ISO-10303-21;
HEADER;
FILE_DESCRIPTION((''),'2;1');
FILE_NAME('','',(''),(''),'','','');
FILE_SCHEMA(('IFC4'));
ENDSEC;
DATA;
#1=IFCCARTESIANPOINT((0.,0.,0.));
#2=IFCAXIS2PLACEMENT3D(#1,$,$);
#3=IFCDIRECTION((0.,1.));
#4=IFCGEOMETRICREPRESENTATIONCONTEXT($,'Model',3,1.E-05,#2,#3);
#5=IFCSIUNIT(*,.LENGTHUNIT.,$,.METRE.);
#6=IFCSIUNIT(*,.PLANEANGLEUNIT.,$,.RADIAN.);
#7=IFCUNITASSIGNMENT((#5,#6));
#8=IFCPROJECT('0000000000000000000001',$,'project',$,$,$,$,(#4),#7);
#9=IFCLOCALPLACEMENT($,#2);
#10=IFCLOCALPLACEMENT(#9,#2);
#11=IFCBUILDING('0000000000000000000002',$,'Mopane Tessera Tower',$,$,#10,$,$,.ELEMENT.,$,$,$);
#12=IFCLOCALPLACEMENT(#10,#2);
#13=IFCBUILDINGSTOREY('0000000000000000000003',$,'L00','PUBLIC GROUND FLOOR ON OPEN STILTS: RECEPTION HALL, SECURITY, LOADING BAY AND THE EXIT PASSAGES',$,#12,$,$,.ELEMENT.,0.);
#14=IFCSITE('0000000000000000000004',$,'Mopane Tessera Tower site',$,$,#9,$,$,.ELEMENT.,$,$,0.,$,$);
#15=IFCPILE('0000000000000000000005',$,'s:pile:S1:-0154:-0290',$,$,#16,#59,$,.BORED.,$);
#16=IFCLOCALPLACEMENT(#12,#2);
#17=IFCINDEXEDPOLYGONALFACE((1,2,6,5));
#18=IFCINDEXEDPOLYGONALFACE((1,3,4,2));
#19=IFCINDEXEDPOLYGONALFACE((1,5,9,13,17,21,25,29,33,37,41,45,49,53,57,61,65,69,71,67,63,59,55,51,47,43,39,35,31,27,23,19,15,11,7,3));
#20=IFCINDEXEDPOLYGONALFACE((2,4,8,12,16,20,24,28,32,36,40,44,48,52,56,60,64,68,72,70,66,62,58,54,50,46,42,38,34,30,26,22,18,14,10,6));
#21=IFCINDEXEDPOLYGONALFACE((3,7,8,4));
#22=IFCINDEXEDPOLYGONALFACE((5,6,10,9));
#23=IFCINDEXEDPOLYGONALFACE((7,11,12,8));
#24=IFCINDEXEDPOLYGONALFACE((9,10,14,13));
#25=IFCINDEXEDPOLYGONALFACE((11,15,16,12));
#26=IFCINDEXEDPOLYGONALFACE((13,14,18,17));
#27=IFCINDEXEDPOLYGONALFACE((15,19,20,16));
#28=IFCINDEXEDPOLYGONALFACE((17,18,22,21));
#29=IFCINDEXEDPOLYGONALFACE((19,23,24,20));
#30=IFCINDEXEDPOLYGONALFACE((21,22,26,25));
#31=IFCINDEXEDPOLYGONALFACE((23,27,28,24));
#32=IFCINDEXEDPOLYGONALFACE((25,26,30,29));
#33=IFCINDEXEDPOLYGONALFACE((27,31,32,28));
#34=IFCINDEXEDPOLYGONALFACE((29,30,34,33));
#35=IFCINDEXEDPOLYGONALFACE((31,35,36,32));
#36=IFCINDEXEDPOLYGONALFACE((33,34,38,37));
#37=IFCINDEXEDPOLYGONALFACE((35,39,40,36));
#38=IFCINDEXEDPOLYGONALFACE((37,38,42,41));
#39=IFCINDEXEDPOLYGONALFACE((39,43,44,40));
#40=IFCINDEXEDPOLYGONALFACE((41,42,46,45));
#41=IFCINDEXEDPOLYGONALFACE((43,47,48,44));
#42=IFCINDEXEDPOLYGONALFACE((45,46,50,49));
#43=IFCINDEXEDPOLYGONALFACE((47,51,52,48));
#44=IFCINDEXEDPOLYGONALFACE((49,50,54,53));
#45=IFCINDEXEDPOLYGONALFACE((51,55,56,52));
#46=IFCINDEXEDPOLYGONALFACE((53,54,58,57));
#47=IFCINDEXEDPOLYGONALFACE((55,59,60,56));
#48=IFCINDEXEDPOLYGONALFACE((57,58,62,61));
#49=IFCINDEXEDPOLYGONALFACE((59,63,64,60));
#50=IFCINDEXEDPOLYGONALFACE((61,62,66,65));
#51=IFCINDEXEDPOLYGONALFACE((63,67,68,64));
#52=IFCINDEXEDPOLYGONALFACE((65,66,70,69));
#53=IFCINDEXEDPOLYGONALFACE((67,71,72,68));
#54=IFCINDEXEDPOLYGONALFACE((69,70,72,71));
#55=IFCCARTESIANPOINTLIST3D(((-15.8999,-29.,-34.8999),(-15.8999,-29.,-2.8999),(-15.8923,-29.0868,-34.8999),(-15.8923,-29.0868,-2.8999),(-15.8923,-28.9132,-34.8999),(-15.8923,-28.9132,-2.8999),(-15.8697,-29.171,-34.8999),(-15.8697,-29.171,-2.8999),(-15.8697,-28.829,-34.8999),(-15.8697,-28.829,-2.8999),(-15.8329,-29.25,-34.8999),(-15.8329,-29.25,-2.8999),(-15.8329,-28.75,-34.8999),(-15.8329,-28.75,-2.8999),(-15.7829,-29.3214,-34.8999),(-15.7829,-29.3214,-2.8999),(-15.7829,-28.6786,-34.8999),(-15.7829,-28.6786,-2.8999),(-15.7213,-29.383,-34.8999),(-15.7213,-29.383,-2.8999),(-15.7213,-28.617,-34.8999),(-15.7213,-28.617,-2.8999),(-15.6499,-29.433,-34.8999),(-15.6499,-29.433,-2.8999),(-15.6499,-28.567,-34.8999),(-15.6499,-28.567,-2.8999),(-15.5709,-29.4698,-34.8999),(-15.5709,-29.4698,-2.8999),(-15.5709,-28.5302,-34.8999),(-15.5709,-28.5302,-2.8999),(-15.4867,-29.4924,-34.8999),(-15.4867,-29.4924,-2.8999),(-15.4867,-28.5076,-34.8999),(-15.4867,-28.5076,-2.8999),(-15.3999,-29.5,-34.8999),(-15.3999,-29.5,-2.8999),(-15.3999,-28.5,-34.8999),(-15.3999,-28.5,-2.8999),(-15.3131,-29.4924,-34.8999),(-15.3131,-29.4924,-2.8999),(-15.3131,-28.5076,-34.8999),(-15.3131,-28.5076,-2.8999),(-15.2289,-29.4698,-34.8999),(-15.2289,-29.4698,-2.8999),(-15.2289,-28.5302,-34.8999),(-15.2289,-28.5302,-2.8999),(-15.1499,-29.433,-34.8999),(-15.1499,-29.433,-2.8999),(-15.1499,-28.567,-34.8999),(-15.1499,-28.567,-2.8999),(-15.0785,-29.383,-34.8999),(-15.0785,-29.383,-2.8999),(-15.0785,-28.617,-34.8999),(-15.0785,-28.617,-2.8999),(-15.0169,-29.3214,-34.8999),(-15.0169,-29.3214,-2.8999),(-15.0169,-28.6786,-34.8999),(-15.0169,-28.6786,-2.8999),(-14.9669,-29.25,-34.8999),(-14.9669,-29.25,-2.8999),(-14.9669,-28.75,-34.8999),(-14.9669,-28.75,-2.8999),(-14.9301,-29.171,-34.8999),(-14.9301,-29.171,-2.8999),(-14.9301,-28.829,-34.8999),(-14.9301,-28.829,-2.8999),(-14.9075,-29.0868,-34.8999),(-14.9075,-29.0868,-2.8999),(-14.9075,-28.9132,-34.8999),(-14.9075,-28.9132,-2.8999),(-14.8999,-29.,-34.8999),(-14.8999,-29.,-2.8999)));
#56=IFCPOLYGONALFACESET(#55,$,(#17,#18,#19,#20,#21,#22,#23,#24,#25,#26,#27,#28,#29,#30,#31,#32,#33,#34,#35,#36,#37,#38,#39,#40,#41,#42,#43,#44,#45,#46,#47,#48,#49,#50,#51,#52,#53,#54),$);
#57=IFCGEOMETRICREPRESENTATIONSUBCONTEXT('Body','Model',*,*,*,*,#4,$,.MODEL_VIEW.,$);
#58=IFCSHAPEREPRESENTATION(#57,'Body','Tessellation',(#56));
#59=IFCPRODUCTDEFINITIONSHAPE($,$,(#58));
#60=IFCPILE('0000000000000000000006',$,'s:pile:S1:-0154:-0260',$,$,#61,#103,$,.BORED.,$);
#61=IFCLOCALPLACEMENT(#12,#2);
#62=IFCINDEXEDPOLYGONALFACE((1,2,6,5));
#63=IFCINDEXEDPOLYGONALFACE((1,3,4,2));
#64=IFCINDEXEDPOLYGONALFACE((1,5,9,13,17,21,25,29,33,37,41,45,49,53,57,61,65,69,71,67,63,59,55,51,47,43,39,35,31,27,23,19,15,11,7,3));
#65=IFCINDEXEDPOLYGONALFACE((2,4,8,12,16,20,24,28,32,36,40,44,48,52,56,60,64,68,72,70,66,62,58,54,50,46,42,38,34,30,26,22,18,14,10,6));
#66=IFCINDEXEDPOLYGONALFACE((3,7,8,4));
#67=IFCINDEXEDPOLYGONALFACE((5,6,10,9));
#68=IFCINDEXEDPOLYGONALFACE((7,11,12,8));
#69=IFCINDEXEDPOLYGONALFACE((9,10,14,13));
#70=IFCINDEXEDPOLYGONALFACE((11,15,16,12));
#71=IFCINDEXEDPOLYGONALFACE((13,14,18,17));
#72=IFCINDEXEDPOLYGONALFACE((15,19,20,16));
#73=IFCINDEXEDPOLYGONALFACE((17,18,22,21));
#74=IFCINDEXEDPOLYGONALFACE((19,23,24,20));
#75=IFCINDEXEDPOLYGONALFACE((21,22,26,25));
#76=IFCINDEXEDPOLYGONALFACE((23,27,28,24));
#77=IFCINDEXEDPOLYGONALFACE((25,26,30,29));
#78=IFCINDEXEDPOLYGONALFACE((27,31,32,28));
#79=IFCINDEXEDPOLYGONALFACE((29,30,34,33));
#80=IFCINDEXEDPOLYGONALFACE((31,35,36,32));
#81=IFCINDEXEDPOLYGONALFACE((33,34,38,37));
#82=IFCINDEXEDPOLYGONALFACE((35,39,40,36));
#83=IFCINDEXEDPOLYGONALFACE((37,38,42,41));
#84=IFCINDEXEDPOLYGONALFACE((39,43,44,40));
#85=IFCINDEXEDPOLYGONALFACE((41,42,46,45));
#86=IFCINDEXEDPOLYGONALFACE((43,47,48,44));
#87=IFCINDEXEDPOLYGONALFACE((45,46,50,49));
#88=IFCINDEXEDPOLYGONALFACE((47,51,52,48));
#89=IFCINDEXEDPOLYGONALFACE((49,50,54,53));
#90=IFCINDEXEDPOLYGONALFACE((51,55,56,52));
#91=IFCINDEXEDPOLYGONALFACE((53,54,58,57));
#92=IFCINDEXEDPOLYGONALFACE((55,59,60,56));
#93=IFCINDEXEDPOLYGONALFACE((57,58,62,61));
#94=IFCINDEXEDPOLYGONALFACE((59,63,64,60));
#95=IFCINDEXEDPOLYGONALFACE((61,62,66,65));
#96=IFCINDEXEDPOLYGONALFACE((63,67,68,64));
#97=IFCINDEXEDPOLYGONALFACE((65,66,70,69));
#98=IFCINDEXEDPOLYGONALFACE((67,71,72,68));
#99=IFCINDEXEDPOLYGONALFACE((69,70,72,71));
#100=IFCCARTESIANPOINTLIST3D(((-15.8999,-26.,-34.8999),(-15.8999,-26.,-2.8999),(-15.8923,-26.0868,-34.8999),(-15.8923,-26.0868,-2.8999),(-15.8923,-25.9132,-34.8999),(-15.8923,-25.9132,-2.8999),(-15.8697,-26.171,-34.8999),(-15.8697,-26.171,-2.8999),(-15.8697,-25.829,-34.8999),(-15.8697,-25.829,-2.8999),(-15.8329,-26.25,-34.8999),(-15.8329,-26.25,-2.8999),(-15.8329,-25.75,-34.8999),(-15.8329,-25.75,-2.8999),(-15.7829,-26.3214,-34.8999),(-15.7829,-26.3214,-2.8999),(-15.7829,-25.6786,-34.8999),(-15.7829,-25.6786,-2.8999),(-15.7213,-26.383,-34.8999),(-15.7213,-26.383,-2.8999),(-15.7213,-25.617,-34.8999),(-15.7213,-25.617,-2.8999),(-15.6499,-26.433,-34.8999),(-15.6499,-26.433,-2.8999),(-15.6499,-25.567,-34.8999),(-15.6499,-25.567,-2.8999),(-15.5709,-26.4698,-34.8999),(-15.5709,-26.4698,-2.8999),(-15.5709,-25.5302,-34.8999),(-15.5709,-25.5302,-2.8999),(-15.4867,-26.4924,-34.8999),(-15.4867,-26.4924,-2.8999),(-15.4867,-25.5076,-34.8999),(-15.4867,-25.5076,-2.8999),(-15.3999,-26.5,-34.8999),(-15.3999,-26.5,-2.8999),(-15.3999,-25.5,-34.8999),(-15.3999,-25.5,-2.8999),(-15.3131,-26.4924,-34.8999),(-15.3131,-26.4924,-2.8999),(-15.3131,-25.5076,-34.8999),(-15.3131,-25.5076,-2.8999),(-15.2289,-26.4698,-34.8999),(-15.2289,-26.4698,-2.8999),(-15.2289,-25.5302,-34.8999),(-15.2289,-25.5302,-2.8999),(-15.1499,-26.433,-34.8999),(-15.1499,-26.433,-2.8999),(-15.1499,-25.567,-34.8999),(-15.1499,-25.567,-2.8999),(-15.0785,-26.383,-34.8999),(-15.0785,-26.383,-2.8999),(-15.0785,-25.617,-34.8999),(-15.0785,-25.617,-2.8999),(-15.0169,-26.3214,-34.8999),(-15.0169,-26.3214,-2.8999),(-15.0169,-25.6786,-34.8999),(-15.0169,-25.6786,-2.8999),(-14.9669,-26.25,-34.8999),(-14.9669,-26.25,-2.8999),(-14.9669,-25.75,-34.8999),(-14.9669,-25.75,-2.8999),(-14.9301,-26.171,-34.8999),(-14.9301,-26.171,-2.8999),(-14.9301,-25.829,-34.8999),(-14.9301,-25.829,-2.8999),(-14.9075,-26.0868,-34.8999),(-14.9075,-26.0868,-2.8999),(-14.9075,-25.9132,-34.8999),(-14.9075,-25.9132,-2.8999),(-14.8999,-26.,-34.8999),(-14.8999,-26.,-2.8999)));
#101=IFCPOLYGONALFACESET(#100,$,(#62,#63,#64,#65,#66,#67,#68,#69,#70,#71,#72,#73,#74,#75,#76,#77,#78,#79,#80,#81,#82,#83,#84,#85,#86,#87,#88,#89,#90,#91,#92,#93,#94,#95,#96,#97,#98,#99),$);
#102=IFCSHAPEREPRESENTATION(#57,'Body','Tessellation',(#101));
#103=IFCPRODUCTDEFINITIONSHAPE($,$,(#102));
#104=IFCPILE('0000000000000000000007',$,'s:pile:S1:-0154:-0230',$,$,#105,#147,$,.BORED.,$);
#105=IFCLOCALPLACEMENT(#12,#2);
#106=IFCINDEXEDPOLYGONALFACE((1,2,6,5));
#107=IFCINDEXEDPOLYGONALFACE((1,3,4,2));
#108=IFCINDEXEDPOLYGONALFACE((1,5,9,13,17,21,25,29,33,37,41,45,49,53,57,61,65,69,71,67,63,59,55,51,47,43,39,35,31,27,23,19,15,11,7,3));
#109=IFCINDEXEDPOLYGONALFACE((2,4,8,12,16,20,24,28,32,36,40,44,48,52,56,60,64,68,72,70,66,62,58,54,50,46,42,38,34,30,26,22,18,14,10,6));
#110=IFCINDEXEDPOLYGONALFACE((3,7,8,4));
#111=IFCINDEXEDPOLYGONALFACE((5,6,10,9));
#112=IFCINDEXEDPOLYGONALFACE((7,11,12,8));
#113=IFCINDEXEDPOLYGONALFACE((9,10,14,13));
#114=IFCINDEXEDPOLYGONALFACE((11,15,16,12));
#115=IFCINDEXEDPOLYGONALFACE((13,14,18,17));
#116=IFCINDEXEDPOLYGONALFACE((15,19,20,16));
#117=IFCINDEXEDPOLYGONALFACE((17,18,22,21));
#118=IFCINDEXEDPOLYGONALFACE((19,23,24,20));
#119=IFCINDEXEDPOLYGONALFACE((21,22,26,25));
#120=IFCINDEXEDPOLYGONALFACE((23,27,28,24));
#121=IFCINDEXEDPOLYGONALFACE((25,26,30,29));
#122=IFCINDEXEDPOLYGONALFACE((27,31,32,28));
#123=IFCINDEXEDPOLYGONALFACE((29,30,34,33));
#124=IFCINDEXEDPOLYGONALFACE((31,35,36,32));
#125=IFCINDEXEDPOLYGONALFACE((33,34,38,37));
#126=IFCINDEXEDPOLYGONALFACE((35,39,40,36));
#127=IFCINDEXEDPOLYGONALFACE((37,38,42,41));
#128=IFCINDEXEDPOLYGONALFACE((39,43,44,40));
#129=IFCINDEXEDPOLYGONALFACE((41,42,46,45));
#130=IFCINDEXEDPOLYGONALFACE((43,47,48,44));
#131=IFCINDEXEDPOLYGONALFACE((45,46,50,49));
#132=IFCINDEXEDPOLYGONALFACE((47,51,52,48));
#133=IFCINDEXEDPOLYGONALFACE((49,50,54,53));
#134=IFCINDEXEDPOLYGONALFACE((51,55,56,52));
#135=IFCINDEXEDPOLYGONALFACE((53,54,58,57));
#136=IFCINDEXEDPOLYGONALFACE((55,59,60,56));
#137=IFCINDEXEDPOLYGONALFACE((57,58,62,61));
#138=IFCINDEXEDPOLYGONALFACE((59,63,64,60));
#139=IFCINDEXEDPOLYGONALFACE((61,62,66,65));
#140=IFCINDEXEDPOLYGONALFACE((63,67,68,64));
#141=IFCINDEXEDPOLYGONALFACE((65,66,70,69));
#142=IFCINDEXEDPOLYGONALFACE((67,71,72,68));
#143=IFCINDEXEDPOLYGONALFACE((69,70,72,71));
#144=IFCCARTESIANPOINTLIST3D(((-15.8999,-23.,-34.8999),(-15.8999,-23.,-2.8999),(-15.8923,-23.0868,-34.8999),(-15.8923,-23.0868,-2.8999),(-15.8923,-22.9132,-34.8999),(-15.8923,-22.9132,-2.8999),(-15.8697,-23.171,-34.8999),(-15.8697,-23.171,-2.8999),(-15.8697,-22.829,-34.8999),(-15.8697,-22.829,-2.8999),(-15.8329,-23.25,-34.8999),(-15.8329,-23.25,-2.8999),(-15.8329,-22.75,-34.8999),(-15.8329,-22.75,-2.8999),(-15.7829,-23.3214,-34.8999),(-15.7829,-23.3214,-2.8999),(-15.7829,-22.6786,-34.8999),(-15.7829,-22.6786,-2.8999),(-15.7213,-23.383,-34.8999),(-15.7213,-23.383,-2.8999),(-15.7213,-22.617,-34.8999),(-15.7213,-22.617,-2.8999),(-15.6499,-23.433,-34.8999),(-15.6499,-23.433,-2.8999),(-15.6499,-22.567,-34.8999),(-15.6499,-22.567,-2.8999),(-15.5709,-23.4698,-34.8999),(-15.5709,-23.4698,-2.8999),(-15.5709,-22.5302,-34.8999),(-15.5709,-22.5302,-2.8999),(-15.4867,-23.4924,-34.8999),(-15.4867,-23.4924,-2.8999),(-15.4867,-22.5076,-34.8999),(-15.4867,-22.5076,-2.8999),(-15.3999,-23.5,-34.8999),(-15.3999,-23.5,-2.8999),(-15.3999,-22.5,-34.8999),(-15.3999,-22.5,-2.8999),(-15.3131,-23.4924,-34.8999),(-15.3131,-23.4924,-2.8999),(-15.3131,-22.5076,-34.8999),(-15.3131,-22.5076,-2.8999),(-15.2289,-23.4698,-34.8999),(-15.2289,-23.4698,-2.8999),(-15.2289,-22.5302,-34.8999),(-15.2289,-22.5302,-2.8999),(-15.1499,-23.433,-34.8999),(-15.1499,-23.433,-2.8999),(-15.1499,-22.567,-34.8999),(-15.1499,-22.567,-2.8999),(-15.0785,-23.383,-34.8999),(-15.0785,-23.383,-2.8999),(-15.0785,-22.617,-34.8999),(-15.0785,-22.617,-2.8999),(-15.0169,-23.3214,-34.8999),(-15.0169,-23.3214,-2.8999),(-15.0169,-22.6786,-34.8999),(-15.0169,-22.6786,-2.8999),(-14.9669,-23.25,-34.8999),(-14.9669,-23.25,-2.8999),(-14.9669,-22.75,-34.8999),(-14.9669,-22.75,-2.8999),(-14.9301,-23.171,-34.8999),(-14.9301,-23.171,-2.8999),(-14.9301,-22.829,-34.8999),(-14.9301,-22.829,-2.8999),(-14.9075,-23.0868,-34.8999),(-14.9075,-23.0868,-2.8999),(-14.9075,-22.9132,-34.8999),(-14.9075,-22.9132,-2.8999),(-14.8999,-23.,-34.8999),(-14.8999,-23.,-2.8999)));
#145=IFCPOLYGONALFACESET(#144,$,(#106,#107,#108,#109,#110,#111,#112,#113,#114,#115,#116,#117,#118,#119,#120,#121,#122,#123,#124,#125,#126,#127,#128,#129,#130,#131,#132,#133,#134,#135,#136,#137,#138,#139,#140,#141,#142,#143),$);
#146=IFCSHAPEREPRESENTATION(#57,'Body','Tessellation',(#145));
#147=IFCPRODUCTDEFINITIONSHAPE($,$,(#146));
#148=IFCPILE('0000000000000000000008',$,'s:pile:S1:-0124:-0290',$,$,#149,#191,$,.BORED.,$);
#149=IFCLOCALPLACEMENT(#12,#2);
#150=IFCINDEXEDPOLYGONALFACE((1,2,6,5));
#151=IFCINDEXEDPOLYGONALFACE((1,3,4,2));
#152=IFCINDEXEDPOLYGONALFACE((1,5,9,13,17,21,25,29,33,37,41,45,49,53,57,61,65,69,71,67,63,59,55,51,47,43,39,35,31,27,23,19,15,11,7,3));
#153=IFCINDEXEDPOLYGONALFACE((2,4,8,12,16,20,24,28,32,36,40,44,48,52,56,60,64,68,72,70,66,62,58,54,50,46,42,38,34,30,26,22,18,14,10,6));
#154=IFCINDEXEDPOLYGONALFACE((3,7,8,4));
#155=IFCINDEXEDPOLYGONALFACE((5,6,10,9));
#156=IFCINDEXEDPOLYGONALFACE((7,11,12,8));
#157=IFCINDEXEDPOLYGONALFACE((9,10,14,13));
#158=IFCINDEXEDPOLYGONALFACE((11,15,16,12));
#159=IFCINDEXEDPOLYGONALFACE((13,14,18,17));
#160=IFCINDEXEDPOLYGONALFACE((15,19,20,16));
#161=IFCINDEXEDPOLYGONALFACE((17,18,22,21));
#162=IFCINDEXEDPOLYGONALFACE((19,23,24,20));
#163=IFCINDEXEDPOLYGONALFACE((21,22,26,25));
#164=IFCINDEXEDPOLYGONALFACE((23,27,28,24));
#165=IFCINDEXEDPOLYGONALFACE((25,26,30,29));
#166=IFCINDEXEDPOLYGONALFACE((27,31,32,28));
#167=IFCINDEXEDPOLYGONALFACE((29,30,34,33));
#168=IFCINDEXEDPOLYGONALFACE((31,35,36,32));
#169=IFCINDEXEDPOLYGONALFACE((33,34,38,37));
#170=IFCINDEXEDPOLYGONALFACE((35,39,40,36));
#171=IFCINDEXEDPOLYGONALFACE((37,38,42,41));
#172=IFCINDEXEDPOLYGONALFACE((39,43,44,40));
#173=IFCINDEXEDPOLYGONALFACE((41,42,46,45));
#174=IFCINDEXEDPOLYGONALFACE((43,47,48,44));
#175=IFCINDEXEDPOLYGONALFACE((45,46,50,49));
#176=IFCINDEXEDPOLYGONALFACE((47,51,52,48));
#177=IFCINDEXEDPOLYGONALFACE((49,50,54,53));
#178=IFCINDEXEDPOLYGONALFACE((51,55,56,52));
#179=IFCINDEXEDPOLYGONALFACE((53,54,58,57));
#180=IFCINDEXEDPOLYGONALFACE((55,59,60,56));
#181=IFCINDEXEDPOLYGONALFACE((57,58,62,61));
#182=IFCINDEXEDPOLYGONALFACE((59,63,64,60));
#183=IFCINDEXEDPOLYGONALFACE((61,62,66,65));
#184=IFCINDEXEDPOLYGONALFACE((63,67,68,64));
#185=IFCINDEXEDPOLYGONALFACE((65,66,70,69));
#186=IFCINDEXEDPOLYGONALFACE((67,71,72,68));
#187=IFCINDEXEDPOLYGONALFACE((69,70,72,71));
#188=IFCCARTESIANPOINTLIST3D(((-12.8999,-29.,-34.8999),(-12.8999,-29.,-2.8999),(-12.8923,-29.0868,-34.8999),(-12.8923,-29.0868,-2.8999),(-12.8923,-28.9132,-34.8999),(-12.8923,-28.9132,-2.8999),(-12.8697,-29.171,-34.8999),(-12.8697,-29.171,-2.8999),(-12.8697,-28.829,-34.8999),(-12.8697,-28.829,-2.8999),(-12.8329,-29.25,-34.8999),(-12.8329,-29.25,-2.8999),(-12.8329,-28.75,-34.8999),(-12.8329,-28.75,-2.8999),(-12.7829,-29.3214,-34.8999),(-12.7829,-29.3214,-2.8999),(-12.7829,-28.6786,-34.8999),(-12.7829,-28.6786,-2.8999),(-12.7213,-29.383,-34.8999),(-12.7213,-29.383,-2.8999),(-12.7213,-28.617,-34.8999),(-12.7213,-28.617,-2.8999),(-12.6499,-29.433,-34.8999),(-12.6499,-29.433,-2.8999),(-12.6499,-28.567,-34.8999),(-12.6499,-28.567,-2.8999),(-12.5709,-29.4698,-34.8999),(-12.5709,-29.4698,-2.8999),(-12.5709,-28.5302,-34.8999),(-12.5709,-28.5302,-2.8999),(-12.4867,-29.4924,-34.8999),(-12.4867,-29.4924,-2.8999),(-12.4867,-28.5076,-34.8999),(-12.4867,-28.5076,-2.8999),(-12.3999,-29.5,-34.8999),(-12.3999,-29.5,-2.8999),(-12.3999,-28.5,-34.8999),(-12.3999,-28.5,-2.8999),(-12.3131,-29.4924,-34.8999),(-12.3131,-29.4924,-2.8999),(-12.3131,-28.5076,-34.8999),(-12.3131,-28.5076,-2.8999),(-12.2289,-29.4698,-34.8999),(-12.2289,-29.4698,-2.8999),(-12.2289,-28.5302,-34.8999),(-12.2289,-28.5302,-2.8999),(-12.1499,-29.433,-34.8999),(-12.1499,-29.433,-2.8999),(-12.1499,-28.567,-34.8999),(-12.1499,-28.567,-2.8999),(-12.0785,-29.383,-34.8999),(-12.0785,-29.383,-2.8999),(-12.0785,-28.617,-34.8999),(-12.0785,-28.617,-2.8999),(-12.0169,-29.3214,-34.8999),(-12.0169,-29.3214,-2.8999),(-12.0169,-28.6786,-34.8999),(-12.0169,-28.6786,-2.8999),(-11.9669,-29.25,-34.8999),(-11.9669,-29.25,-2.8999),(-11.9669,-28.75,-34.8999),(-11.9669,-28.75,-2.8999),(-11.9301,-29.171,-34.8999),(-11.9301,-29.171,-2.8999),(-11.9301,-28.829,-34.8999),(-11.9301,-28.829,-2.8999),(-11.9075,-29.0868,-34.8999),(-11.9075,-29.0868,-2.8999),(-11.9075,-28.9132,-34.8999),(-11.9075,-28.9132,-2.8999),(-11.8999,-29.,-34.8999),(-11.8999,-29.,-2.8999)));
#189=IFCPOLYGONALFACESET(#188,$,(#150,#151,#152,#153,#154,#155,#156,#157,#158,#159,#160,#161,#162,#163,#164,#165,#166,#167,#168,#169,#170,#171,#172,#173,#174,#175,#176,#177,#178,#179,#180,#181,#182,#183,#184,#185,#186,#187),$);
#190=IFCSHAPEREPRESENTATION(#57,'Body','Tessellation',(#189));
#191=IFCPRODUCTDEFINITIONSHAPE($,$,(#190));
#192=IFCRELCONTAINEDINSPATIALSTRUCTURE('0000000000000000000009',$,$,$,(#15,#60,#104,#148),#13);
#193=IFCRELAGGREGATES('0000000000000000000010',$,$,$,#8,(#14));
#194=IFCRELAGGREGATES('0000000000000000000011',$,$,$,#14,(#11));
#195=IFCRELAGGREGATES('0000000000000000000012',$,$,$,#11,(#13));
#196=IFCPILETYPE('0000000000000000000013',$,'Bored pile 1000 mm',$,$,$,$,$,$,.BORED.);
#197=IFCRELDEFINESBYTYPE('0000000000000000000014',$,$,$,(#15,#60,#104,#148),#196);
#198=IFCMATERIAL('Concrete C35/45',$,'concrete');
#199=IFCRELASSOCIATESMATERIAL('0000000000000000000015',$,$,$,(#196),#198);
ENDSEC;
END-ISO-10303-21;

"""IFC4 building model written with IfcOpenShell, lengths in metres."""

from ifc_helpers import new_model, si_unit, direction, frame, origin, origin_2d, place, context, subcontext, project, spatial, circle, extrude, material, material_profile, profile_set, type_object, element, save


model = new_model("IFC4")

# Units and contexts
model_context = context("Model", 3, precision=1e-05, world=origin(), true_north=direction((0.0, 1.0)))
body_context = subcontext(model_context, "Body", "Model", "MODEL_VIEW")
ifc_project = project(units=[si_unit("LENGTHUNIT", "METRE"), si_unit("PLANEANGLEUNIT", "RADIAN")], contexts=[model_context])

# Site, building, storey
site_placement = place(None, origin())
site = spatial("IfcSite", under=ifc_project, at=site_placement, Name="Mopane Tessera Tower site", CompositionType="ELEMENT", RefElevation=0.0)
building_placement = place(site_placement, origin())
building = spatial("IfcBuilding", under=site, at=building_placement, Name="Mopane Tessera Tower", CompositionType="ELEMENT")
storey_placement = place(building_placement, origin())
storey = spatial("IfcBuildingStorey", under=building, at=storey_placement, Name="L00", Description="PUBLIC GROUND FLOOR ON OPEN STILTS: RECEPTION HALL, SECURITY, LOADING BAY AND THE EXIT PASSAGES", CompositionType="ELEMENT", Elevation=0.0)

# Piles
ifc_material_1 = material(Name="Concrete C35/45", Category="concrete")
ifc_material_profile_1 = material_profile(ifc_material_1, circle(Radius=0.5, at=origin_2d()))
ifc_profile_set_1 = profile_set([ifc_material_profile_1], Name="Concrete C35/45")
pile_type_1 = type_object("IfcPileType", Name="Bored pile 1000 mm", PredefinedType="BORED", material=ifc_profile_set_1)
for number, where, z_axis, x_axis, name in (
    (1, (-15.3999, -29.0, -2.8999), (0.0, 0.0, -1.0), (1.0, 0.0, 0.0), "s:pile:S1:-0154:-0290"),
    (2, (-15.3999, -26.0, -2.8999), (0.0, 0.0, -1.0), (1.0, 0.0, 0.0), "s:pile:S1:-0154:-0260"),
    (3, (-15.3999, -23.0, -2.8999), (0.0, 0.0, -1.0), (1.0, 0.0, 0.0), "s:pile:S1:-0154:-0230"),
    (4, (-12.3999, -29.0, -2.8999), (0.0, 0.0, -1.0), (1.0, 0.0, 0.0), "s:pile:S1:-0124:-0290"),
):
    element("IfcPile", number, at=place(storey_placement, frame(where, z_axis=z_axis, x_axis=x_axis)), inside=storey, type_object=pile_type_1, Name=name, PredefinedType="BORED", context=body_context, shape_type="SweptSolid", body=[
        extrude(circle(Radius=0.5, at=origin_2d()), origin(), (0.0, 0.0, 1.0), 32.0),
    ])

save(model, "model.ifc")
